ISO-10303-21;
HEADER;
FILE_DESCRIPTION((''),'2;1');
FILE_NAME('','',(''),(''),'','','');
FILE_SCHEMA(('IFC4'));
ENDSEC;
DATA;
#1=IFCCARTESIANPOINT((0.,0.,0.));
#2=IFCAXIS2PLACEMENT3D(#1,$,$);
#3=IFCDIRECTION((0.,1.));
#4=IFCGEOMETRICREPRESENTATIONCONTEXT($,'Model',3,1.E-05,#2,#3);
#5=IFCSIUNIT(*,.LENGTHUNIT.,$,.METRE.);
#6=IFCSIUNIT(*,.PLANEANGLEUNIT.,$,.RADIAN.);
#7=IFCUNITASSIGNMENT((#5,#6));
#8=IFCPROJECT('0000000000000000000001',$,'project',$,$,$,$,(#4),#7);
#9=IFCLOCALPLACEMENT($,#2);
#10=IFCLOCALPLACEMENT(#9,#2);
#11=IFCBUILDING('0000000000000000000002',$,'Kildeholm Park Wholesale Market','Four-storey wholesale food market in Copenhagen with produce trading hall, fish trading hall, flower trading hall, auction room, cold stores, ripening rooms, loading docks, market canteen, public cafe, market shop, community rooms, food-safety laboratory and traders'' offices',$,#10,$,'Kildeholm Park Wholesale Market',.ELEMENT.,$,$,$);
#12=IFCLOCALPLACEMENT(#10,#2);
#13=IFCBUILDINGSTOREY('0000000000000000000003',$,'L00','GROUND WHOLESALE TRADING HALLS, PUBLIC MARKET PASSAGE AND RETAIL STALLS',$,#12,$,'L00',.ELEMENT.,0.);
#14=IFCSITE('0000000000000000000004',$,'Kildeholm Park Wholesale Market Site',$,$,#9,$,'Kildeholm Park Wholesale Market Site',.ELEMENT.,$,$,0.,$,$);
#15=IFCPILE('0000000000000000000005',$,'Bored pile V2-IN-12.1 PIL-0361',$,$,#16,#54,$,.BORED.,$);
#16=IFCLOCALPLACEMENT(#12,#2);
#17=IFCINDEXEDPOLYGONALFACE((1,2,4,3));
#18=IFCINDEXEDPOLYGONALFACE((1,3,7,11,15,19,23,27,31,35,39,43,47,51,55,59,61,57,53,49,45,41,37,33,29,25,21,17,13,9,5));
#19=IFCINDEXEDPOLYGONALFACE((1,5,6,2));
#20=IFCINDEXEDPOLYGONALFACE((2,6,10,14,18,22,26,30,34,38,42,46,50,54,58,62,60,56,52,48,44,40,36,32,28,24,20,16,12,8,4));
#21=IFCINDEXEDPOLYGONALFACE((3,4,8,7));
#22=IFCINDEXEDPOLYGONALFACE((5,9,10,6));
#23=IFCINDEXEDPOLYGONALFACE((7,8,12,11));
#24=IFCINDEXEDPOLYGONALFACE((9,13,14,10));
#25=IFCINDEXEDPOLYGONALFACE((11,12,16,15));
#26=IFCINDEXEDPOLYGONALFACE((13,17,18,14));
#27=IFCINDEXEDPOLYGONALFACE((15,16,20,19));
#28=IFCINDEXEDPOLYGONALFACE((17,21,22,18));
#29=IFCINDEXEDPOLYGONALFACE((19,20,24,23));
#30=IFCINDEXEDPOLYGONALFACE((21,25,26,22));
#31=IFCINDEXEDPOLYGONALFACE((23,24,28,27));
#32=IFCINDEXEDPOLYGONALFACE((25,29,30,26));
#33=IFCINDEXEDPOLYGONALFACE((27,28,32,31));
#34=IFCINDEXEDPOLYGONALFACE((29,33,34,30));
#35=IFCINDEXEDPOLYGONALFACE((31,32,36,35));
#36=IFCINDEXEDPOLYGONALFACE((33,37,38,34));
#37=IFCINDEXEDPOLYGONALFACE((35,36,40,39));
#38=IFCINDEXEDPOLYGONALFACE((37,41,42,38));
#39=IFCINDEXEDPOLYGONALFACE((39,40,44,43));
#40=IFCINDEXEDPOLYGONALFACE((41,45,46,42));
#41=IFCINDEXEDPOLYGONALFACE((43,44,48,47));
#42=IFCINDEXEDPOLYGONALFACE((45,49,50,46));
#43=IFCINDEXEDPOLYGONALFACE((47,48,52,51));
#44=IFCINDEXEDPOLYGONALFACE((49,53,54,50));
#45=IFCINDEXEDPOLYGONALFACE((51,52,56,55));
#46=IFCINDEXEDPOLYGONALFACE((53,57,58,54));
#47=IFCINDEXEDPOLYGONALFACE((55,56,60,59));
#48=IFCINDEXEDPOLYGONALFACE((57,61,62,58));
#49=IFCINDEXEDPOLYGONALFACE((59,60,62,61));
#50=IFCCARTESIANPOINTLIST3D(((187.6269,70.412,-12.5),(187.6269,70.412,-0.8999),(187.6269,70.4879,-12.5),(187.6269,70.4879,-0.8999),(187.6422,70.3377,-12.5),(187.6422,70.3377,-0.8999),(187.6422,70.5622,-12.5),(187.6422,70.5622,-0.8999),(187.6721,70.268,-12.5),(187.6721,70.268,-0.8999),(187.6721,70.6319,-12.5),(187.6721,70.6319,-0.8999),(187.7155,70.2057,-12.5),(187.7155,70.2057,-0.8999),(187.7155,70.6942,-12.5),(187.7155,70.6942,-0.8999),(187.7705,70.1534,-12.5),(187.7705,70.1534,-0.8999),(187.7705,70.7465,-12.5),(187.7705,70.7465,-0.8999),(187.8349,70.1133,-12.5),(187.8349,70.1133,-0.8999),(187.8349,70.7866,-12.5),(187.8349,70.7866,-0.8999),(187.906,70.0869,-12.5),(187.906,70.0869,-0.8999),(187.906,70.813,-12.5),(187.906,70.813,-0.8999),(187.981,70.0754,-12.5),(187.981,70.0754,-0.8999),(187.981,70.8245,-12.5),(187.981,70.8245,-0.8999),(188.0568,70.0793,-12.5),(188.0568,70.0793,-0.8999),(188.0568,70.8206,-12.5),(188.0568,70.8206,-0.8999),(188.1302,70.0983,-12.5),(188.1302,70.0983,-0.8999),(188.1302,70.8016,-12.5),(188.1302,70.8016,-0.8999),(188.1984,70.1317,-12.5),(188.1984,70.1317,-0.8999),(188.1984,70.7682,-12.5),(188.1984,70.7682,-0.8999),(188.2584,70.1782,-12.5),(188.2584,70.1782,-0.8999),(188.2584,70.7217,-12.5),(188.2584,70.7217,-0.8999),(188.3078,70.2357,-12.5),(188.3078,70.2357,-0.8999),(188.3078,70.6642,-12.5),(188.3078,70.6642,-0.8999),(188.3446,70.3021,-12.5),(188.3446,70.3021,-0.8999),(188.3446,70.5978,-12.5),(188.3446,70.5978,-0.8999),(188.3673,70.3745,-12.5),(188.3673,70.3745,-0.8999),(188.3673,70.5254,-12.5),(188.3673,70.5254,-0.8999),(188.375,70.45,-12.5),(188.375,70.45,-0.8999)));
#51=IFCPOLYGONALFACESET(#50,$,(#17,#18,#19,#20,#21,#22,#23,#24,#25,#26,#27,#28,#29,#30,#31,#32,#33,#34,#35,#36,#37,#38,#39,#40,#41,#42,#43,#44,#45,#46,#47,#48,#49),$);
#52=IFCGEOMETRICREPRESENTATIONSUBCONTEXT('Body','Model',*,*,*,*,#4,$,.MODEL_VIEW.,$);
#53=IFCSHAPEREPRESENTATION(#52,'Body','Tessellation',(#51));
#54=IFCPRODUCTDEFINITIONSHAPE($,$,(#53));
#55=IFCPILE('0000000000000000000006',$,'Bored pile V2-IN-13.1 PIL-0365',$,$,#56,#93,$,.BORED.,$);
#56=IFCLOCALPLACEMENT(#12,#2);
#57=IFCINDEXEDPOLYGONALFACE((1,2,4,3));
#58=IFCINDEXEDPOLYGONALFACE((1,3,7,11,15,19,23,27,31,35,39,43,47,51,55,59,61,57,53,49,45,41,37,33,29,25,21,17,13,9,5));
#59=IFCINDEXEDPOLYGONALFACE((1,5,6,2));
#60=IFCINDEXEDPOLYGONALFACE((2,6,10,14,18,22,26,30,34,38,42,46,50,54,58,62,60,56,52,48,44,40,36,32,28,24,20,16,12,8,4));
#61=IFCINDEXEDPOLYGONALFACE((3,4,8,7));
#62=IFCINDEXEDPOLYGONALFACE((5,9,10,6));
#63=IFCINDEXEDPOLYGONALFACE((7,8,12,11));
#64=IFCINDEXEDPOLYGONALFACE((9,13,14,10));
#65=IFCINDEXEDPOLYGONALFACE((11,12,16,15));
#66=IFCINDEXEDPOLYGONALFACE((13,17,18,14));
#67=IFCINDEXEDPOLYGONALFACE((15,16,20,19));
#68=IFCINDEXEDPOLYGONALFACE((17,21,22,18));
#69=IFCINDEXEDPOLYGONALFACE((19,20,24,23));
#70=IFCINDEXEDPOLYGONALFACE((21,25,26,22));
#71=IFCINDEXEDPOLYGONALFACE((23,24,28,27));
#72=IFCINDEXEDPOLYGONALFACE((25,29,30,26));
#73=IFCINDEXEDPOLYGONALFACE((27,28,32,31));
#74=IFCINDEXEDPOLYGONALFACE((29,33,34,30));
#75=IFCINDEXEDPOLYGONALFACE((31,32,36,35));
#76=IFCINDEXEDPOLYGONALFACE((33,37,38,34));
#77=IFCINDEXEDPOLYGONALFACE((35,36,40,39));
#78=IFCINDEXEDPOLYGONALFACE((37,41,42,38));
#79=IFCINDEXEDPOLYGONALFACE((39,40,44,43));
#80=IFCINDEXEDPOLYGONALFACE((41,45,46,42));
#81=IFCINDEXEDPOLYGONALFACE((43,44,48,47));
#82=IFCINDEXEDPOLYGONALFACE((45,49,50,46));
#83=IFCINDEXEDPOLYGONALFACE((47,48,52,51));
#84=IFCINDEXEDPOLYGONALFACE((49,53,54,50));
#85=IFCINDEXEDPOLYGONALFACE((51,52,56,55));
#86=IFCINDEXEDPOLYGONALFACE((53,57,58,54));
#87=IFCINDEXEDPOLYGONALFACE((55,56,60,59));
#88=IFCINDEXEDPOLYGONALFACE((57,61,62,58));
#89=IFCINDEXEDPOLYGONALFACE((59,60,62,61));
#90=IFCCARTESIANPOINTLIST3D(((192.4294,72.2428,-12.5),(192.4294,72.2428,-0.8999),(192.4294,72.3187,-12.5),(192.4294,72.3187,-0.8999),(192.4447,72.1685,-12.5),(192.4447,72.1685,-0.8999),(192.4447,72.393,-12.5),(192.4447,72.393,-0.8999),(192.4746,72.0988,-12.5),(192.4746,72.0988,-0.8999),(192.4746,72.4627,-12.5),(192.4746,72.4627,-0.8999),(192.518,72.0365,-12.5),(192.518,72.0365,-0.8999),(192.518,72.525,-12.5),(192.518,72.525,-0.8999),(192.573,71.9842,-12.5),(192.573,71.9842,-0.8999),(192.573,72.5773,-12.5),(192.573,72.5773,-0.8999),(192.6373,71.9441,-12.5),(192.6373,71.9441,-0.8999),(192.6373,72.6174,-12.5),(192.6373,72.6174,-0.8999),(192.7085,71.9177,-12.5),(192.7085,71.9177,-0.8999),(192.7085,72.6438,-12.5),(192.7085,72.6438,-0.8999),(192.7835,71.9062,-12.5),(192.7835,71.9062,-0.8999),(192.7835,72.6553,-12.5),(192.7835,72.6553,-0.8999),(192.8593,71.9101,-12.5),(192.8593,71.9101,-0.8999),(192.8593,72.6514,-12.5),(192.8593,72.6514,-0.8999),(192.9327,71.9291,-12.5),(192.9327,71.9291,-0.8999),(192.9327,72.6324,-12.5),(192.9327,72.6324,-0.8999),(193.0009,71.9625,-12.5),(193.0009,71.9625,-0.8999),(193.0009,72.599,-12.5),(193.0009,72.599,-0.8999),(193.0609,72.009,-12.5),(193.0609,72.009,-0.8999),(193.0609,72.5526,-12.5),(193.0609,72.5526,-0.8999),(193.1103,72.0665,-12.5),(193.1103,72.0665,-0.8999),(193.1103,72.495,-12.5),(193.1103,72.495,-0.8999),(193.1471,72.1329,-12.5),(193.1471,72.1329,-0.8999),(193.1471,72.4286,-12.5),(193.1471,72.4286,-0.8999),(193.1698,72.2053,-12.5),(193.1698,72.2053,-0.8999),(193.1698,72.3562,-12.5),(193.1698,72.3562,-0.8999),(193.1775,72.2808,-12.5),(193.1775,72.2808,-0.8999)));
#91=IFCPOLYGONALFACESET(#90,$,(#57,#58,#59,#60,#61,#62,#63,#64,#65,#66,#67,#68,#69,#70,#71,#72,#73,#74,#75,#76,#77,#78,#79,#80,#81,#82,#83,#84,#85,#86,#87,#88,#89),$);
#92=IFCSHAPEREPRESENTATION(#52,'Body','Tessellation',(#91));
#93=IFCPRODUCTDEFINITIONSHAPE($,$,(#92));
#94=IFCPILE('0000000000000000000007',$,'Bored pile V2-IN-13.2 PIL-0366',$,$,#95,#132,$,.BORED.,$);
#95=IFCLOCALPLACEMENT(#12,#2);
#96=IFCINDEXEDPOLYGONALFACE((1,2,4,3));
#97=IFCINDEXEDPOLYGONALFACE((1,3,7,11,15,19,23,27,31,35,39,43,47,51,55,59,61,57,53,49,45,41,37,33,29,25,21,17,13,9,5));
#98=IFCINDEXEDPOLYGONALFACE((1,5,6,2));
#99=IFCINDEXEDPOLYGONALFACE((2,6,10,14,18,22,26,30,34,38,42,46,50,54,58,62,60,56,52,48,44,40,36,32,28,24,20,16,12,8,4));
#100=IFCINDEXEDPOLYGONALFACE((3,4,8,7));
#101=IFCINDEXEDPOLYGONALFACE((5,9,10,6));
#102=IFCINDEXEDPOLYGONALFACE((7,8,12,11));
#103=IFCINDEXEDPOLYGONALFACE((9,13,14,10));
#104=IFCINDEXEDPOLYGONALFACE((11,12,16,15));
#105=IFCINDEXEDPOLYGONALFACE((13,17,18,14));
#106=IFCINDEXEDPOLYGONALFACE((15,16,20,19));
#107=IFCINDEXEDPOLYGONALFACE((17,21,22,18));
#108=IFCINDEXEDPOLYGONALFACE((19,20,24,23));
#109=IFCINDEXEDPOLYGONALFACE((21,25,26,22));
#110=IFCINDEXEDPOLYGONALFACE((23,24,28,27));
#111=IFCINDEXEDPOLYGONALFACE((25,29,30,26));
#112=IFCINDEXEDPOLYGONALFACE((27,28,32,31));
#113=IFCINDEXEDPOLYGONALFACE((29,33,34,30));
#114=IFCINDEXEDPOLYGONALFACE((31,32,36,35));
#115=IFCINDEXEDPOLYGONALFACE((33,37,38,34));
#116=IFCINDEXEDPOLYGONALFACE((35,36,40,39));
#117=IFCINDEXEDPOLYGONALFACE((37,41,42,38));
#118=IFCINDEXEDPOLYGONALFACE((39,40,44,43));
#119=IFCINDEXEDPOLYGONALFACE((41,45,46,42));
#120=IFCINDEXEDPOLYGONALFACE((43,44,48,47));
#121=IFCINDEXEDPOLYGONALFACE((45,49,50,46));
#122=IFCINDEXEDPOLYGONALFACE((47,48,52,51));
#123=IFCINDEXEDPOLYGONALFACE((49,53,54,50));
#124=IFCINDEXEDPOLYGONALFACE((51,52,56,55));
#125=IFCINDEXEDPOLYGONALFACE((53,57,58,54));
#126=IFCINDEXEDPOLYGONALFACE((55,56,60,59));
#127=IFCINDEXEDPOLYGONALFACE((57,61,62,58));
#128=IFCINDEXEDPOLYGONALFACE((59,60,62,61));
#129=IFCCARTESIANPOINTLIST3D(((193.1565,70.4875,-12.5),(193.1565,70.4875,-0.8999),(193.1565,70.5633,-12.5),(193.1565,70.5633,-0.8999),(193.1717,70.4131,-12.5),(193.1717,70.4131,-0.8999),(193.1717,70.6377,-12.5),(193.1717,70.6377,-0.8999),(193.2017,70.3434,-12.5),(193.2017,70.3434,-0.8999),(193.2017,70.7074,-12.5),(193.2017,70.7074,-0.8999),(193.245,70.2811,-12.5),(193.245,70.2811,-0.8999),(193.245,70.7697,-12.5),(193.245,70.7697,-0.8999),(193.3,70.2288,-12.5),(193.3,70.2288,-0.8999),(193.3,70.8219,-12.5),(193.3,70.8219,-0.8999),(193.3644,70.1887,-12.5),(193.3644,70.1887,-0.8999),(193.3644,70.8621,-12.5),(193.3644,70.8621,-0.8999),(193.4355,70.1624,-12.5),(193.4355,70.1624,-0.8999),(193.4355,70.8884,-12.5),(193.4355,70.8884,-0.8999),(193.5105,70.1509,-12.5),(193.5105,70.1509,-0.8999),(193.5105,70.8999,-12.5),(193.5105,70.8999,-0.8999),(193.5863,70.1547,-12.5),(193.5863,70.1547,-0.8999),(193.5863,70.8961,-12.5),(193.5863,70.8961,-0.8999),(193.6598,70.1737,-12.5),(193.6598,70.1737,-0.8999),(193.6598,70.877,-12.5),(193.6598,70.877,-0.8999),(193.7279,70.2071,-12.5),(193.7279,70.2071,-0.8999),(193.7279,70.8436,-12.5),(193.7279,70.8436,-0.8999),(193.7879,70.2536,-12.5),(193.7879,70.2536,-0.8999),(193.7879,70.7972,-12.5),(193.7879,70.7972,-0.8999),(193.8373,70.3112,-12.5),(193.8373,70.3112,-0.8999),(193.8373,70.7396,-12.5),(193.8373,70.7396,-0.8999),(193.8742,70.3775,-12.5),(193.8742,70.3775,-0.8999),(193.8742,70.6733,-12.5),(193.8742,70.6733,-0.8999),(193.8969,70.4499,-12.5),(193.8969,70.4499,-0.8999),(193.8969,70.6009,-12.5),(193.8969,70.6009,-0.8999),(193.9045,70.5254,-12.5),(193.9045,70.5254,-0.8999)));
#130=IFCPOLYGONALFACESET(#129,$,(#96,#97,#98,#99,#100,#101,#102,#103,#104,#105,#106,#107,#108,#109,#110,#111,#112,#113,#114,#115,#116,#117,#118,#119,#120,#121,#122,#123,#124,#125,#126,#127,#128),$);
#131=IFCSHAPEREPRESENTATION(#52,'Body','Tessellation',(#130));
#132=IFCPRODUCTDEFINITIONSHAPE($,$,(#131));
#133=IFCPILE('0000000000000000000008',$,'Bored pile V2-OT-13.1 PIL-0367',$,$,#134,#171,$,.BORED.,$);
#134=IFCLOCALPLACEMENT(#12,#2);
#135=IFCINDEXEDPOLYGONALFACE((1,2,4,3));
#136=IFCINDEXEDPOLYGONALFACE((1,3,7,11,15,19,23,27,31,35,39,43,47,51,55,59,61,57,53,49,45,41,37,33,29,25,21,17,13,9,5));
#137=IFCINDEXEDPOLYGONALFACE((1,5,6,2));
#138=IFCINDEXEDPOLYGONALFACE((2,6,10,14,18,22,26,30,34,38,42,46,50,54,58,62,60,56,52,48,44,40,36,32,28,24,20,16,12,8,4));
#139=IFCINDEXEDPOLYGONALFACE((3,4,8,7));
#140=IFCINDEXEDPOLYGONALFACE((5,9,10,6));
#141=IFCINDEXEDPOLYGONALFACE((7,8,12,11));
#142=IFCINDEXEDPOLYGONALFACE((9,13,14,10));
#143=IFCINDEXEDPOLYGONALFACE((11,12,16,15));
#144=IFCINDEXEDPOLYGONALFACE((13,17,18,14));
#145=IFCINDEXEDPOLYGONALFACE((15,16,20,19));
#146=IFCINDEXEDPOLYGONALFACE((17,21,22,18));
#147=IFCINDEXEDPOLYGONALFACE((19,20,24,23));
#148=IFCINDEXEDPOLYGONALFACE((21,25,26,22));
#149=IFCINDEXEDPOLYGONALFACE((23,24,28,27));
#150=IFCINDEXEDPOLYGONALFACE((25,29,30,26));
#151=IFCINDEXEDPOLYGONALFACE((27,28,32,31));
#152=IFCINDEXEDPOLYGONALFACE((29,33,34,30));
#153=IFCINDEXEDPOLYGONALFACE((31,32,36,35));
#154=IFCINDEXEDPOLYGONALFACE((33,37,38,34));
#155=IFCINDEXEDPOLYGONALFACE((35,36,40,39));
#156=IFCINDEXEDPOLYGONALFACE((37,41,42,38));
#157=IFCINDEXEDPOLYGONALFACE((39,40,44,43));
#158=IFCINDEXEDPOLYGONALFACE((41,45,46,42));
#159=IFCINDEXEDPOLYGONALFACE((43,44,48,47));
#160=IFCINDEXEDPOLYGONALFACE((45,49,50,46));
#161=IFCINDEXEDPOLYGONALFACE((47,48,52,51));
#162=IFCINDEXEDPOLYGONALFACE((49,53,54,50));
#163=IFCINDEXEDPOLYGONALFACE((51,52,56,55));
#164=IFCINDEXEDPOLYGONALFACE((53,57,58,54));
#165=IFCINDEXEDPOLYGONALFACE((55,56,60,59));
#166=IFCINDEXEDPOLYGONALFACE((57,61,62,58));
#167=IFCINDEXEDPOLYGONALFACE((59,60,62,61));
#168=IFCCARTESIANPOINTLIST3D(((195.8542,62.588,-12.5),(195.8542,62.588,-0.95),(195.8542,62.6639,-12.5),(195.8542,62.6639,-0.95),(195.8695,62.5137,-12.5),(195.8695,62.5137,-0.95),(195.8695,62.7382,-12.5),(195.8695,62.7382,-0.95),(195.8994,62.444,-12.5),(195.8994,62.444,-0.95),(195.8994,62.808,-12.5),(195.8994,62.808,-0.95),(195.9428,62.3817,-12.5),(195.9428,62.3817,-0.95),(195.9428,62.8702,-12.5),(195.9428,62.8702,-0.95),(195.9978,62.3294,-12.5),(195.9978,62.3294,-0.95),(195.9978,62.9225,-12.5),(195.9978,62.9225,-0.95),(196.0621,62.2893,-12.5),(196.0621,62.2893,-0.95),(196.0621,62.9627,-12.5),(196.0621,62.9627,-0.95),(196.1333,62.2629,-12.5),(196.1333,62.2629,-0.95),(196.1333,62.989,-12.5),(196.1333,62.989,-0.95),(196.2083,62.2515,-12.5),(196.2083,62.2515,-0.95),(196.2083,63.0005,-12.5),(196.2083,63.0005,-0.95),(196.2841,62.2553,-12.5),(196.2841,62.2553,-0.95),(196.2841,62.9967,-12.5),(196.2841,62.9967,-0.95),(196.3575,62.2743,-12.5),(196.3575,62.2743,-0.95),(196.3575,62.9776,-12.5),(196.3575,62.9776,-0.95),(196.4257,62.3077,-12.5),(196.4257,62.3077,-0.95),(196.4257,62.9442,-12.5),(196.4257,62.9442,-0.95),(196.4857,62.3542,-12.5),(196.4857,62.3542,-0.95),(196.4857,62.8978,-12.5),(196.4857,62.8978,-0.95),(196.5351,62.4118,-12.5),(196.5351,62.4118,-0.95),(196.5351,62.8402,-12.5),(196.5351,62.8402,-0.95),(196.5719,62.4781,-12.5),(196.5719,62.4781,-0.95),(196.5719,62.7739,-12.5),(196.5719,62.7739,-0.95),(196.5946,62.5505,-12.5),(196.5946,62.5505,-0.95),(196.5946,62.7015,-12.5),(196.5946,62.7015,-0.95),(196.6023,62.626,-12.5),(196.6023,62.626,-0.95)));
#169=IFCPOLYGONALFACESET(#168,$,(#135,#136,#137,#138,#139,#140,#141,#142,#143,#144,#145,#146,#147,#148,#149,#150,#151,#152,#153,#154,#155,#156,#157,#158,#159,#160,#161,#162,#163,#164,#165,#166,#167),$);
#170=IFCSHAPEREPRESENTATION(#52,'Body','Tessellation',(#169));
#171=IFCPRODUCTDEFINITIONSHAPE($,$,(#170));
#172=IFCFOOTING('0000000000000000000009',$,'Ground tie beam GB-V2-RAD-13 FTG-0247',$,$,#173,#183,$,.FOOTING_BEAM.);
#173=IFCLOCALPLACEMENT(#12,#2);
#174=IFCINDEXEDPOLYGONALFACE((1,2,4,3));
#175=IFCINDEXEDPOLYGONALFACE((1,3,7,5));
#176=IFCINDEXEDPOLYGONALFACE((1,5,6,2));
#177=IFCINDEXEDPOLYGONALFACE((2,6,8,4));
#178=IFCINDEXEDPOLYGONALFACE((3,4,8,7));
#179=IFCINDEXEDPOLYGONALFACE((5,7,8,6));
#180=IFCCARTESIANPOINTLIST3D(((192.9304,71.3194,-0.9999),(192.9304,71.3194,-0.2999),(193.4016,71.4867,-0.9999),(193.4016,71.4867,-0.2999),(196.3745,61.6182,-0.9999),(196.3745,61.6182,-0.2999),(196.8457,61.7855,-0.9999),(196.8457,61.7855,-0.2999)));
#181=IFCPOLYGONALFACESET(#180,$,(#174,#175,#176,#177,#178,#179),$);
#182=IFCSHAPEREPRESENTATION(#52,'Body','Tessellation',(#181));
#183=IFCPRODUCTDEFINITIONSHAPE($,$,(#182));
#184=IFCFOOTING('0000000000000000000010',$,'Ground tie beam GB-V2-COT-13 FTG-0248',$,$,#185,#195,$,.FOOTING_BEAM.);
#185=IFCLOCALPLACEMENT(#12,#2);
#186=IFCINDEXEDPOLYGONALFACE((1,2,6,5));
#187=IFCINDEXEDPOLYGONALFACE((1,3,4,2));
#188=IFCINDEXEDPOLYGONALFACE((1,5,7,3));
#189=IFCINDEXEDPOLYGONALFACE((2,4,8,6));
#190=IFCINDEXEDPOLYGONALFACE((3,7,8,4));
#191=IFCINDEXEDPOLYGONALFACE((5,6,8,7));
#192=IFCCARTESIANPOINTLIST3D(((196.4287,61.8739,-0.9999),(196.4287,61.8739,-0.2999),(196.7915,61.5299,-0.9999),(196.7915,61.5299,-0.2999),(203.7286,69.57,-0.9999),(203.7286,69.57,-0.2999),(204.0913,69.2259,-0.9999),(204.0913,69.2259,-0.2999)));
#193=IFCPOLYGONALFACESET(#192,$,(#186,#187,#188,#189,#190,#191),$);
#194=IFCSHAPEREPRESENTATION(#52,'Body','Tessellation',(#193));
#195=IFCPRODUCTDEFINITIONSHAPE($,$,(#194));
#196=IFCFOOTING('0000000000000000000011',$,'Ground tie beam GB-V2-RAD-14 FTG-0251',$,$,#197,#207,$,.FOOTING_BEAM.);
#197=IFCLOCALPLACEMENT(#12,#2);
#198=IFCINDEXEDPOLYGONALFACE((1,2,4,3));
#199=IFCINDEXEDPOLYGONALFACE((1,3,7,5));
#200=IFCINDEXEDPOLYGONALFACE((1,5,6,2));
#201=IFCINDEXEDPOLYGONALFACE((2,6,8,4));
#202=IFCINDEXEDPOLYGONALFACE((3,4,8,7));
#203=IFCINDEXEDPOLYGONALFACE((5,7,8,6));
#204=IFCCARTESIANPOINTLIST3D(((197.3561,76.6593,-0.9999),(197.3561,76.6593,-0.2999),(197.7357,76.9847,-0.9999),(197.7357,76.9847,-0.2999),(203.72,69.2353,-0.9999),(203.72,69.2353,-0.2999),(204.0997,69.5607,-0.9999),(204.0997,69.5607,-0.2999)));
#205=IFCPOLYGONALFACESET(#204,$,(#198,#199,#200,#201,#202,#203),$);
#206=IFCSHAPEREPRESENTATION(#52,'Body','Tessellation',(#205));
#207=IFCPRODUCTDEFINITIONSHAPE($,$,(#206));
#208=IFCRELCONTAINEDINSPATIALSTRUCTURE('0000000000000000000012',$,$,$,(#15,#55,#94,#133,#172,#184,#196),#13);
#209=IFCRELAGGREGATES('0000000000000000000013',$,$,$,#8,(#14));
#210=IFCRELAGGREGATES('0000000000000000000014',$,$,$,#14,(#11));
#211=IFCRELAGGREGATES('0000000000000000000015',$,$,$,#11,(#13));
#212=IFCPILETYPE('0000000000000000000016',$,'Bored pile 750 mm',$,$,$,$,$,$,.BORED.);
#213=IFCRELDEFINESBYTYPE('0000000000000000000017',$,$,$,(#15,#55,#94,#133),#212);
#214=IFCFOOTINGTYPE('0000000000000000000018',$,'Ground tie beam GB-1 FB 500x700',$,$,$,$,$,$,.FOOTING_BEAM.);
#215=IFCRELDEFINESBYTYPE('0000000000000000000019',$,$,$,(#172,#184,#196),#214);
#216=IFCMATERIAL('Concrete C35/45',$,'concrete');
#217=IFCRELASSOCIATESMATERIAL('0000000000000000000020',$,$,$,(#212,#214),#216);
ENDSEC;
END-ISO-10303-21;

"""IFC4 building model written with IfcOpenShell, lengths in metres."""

from ifc_helpers import new_model, si_unit, direction, frame, origin, origin_2d, place, context, subcontext, project, spatial, rectangle, circle, extrude, material, material_profile, profile_set, type_object, element, save


model = new_model("IFC4")

# Units and contexts
model_context = context("Model", 3, precision=1e-05, world=origin(), true_north=direction((0.0, 1.0)))
body_context = subcontext(model_context, "Body", "Model", "MODEL_VIEW")
ifc_project = project(units=[si_unit("LENGTHUNIT", "METRE"), si_unit("PLANEANGLEUNIT", "RADIAN")], contexts=[model_context])

# Site, building, storey
site_placement = place(None, origin())
site = spatial("IfcSite", under=ifc_project, at=site_placement, Name="Kildeholm Park Wholesale Market Site", LongName="Kildeholm Park Wholesale Market Site", CompositionType="ELEMENT", RefElevation=0.0)
building_placement = place(site_placement, origin())
building = spatial("IfcBuilding", under=site, at=building_placement, Name="Kildeholm Park Wholesale Market", Description="Four-storey wholesale food market in Copenhagen with produce trading hall, fish trading hall, flower trading hall, auction room, cold stores, ripening rooms, loading docks, market canteen, public cafe, market shop, community rooms, food-safety laboratory and traders' offices", LongName="Kildeholm Park Wholesale Market", CompositionType="ELEMENT")
storey_placement = place(building_placement, origin())
storey = spatial("IfcBuildingStorey", under=building, at=storey_placement, Name="L00", Description="GROUND WHOLESALE TRADING HALLS, PUBLIC MARKET PASSAGE AND RETAIL STALLS", LongName="L00", CompositionType="ELEMENT", Elevation=0.0)

# Piles
ifc_material_1 = material(Name="Concrete C35/45", Category="concrete")
ifc_material_profile_1 = material_profile(ifc_material_1, circle(Radius=0.375, at=origin_2d()), Name="PILE D750")
ifc_profile_set_1 = profile_set([ifc_material_profile_1], Name="Concrete C35/45")
pile_type = type_object("IfcPileType", Name="Bored pile 750 mm", PredefinedType="BORED", material=ifc_profile_set_1)
for number, where, z_axis, x_axis, name in (
    (1, (188.0, 70.45, -0.8999), (0.0, 0.0, -1.0), (1.0, 0.0, 0.0), "Bored pile V2-IN-12.1 PIL-0361"),
    (2, (192.8025, 72.2808, -0.8999), (0.0, 0.0, -1.0), (1.0, 0.0, 0.0), "Bored pile V2-IN-13.1 PIL-0365"),
    (3, (193.5295, 70.5254, -0.8999), (0.0, 0.0, -1.0), (1.0, 0.0, 0.0), "Bored pile V2-IN-13.2 PIL-0366"),
):
    element("IfcPile", number, at=place(storey_placement, frame(where, z_axis=z_axis, x_axis=x_axis)), inside=storey, type_object=pile_type, Name=name, PredefinedType="BORED", context=body_context, shape_type="SweptSolid", body=[
        extrude(circle(Radius=0.375, at=origin_2d()), origin(), (0.0, 0.0, 1.0), 11.6001),
    ])
pile_placement = place(storey_placement, frame((196.2273, 62.626, -0.95), z_axis=(0.0, 0.0, -1.0), x_axis=(1.0, 0.0, 0.0)))
element("IfcPile", 4, at=pile_placement, inside=storey, type_object=pile_type, Name="Bored pile V2-OT-13.1 PIL-0367", PredefinedType="BORED", context=body_context, shape_type="SweptSolid", body=[
    extrude(circle(Radius=0.375, at=origin_2d()), origin(), (0.0, 0.0, 1.0), 11.55),
])

# Footings
ifc_material_profile_2 = material_profile(ifc_material_1, rectangle(XDim=0.5, YDim=0.7, at=origin_2d()), Name="FB 500x700")
ifc_profile_set_2 = profile_set([ifc_material_profile_2], Name="Concrete C35/45")
footing_type_1 = type_object("IfcFootingType", Name="Ground tie beam GB-1 FB 500x700", PredefinedType="FOOTING_BEAM", material=ifc_profile_set_2)
footing_1_placement = place(storey_placement, frame((193.166, 71.4031, -0.6499), z_axis=(0.33456, -0.942374, 0.0), x_axis=(0.942374, 0.33456, 0.0)))
element("IfcFooting", 5, at=footing_1_placement, inside=storey, type_object=footing_type_1, Name="Ground tie beam GB-V2-RAD-13 FTG-0247", PredefinedType="FOOTING_BEAM", context=body_context, shape_type="SweptSolid", body=[
    extrude(rectangle(XDim=0.5, YDim=0.7, at=origin_2d()), origin(), (0.0, 0.0, 1.0), 10.2944),
])
footing_2_placement = place(storey_placement, frame((196.6101, 61.7019, -0.6499), z_axis=(0.688182, 0.725538, 0.0), x_axis=(-0.725538, 0.688182, 0.0)))
element("IfcFooting", 6, at=footing_2_placement, inside=storey, type_object=footing_type_1, Name="Ground tie beam GB-V2-COT-13 FTG-0248", PredefinedType="FOOTING_BEAM", context=body_context, shape_type="SweptSolid", body=[
    extrude(rectangle(XDim=0.5, YDim=0.7, at=origin_2d()), origin(), (0.0, 0.0, 1.0), 10.6074),
])
footing_3_placement = place(storey_placement, frame((197.5459, 76.822, -0.6499), z_axis=(0.650822, -0.75923, 0.0), x_axis=(0.75923, 0.650822, 0.0)))
element("IfcFooting", 7, at=footing_3_placement, inside=storey, type_object=footing_type_1, Name="Ground tie beam GB-V2-RAD-14 FTG-0251", PredefinedType="FOOTING_BEAM", context=body_context, shape_type="SweptSolid", body=[
    extrude(rectangle(XDim=0.5, YDim=0.7, at=origin_2d()), origin(), (0.0, 0.0, 1.0), 9.7783),
])

save(model, "model.ifc")
